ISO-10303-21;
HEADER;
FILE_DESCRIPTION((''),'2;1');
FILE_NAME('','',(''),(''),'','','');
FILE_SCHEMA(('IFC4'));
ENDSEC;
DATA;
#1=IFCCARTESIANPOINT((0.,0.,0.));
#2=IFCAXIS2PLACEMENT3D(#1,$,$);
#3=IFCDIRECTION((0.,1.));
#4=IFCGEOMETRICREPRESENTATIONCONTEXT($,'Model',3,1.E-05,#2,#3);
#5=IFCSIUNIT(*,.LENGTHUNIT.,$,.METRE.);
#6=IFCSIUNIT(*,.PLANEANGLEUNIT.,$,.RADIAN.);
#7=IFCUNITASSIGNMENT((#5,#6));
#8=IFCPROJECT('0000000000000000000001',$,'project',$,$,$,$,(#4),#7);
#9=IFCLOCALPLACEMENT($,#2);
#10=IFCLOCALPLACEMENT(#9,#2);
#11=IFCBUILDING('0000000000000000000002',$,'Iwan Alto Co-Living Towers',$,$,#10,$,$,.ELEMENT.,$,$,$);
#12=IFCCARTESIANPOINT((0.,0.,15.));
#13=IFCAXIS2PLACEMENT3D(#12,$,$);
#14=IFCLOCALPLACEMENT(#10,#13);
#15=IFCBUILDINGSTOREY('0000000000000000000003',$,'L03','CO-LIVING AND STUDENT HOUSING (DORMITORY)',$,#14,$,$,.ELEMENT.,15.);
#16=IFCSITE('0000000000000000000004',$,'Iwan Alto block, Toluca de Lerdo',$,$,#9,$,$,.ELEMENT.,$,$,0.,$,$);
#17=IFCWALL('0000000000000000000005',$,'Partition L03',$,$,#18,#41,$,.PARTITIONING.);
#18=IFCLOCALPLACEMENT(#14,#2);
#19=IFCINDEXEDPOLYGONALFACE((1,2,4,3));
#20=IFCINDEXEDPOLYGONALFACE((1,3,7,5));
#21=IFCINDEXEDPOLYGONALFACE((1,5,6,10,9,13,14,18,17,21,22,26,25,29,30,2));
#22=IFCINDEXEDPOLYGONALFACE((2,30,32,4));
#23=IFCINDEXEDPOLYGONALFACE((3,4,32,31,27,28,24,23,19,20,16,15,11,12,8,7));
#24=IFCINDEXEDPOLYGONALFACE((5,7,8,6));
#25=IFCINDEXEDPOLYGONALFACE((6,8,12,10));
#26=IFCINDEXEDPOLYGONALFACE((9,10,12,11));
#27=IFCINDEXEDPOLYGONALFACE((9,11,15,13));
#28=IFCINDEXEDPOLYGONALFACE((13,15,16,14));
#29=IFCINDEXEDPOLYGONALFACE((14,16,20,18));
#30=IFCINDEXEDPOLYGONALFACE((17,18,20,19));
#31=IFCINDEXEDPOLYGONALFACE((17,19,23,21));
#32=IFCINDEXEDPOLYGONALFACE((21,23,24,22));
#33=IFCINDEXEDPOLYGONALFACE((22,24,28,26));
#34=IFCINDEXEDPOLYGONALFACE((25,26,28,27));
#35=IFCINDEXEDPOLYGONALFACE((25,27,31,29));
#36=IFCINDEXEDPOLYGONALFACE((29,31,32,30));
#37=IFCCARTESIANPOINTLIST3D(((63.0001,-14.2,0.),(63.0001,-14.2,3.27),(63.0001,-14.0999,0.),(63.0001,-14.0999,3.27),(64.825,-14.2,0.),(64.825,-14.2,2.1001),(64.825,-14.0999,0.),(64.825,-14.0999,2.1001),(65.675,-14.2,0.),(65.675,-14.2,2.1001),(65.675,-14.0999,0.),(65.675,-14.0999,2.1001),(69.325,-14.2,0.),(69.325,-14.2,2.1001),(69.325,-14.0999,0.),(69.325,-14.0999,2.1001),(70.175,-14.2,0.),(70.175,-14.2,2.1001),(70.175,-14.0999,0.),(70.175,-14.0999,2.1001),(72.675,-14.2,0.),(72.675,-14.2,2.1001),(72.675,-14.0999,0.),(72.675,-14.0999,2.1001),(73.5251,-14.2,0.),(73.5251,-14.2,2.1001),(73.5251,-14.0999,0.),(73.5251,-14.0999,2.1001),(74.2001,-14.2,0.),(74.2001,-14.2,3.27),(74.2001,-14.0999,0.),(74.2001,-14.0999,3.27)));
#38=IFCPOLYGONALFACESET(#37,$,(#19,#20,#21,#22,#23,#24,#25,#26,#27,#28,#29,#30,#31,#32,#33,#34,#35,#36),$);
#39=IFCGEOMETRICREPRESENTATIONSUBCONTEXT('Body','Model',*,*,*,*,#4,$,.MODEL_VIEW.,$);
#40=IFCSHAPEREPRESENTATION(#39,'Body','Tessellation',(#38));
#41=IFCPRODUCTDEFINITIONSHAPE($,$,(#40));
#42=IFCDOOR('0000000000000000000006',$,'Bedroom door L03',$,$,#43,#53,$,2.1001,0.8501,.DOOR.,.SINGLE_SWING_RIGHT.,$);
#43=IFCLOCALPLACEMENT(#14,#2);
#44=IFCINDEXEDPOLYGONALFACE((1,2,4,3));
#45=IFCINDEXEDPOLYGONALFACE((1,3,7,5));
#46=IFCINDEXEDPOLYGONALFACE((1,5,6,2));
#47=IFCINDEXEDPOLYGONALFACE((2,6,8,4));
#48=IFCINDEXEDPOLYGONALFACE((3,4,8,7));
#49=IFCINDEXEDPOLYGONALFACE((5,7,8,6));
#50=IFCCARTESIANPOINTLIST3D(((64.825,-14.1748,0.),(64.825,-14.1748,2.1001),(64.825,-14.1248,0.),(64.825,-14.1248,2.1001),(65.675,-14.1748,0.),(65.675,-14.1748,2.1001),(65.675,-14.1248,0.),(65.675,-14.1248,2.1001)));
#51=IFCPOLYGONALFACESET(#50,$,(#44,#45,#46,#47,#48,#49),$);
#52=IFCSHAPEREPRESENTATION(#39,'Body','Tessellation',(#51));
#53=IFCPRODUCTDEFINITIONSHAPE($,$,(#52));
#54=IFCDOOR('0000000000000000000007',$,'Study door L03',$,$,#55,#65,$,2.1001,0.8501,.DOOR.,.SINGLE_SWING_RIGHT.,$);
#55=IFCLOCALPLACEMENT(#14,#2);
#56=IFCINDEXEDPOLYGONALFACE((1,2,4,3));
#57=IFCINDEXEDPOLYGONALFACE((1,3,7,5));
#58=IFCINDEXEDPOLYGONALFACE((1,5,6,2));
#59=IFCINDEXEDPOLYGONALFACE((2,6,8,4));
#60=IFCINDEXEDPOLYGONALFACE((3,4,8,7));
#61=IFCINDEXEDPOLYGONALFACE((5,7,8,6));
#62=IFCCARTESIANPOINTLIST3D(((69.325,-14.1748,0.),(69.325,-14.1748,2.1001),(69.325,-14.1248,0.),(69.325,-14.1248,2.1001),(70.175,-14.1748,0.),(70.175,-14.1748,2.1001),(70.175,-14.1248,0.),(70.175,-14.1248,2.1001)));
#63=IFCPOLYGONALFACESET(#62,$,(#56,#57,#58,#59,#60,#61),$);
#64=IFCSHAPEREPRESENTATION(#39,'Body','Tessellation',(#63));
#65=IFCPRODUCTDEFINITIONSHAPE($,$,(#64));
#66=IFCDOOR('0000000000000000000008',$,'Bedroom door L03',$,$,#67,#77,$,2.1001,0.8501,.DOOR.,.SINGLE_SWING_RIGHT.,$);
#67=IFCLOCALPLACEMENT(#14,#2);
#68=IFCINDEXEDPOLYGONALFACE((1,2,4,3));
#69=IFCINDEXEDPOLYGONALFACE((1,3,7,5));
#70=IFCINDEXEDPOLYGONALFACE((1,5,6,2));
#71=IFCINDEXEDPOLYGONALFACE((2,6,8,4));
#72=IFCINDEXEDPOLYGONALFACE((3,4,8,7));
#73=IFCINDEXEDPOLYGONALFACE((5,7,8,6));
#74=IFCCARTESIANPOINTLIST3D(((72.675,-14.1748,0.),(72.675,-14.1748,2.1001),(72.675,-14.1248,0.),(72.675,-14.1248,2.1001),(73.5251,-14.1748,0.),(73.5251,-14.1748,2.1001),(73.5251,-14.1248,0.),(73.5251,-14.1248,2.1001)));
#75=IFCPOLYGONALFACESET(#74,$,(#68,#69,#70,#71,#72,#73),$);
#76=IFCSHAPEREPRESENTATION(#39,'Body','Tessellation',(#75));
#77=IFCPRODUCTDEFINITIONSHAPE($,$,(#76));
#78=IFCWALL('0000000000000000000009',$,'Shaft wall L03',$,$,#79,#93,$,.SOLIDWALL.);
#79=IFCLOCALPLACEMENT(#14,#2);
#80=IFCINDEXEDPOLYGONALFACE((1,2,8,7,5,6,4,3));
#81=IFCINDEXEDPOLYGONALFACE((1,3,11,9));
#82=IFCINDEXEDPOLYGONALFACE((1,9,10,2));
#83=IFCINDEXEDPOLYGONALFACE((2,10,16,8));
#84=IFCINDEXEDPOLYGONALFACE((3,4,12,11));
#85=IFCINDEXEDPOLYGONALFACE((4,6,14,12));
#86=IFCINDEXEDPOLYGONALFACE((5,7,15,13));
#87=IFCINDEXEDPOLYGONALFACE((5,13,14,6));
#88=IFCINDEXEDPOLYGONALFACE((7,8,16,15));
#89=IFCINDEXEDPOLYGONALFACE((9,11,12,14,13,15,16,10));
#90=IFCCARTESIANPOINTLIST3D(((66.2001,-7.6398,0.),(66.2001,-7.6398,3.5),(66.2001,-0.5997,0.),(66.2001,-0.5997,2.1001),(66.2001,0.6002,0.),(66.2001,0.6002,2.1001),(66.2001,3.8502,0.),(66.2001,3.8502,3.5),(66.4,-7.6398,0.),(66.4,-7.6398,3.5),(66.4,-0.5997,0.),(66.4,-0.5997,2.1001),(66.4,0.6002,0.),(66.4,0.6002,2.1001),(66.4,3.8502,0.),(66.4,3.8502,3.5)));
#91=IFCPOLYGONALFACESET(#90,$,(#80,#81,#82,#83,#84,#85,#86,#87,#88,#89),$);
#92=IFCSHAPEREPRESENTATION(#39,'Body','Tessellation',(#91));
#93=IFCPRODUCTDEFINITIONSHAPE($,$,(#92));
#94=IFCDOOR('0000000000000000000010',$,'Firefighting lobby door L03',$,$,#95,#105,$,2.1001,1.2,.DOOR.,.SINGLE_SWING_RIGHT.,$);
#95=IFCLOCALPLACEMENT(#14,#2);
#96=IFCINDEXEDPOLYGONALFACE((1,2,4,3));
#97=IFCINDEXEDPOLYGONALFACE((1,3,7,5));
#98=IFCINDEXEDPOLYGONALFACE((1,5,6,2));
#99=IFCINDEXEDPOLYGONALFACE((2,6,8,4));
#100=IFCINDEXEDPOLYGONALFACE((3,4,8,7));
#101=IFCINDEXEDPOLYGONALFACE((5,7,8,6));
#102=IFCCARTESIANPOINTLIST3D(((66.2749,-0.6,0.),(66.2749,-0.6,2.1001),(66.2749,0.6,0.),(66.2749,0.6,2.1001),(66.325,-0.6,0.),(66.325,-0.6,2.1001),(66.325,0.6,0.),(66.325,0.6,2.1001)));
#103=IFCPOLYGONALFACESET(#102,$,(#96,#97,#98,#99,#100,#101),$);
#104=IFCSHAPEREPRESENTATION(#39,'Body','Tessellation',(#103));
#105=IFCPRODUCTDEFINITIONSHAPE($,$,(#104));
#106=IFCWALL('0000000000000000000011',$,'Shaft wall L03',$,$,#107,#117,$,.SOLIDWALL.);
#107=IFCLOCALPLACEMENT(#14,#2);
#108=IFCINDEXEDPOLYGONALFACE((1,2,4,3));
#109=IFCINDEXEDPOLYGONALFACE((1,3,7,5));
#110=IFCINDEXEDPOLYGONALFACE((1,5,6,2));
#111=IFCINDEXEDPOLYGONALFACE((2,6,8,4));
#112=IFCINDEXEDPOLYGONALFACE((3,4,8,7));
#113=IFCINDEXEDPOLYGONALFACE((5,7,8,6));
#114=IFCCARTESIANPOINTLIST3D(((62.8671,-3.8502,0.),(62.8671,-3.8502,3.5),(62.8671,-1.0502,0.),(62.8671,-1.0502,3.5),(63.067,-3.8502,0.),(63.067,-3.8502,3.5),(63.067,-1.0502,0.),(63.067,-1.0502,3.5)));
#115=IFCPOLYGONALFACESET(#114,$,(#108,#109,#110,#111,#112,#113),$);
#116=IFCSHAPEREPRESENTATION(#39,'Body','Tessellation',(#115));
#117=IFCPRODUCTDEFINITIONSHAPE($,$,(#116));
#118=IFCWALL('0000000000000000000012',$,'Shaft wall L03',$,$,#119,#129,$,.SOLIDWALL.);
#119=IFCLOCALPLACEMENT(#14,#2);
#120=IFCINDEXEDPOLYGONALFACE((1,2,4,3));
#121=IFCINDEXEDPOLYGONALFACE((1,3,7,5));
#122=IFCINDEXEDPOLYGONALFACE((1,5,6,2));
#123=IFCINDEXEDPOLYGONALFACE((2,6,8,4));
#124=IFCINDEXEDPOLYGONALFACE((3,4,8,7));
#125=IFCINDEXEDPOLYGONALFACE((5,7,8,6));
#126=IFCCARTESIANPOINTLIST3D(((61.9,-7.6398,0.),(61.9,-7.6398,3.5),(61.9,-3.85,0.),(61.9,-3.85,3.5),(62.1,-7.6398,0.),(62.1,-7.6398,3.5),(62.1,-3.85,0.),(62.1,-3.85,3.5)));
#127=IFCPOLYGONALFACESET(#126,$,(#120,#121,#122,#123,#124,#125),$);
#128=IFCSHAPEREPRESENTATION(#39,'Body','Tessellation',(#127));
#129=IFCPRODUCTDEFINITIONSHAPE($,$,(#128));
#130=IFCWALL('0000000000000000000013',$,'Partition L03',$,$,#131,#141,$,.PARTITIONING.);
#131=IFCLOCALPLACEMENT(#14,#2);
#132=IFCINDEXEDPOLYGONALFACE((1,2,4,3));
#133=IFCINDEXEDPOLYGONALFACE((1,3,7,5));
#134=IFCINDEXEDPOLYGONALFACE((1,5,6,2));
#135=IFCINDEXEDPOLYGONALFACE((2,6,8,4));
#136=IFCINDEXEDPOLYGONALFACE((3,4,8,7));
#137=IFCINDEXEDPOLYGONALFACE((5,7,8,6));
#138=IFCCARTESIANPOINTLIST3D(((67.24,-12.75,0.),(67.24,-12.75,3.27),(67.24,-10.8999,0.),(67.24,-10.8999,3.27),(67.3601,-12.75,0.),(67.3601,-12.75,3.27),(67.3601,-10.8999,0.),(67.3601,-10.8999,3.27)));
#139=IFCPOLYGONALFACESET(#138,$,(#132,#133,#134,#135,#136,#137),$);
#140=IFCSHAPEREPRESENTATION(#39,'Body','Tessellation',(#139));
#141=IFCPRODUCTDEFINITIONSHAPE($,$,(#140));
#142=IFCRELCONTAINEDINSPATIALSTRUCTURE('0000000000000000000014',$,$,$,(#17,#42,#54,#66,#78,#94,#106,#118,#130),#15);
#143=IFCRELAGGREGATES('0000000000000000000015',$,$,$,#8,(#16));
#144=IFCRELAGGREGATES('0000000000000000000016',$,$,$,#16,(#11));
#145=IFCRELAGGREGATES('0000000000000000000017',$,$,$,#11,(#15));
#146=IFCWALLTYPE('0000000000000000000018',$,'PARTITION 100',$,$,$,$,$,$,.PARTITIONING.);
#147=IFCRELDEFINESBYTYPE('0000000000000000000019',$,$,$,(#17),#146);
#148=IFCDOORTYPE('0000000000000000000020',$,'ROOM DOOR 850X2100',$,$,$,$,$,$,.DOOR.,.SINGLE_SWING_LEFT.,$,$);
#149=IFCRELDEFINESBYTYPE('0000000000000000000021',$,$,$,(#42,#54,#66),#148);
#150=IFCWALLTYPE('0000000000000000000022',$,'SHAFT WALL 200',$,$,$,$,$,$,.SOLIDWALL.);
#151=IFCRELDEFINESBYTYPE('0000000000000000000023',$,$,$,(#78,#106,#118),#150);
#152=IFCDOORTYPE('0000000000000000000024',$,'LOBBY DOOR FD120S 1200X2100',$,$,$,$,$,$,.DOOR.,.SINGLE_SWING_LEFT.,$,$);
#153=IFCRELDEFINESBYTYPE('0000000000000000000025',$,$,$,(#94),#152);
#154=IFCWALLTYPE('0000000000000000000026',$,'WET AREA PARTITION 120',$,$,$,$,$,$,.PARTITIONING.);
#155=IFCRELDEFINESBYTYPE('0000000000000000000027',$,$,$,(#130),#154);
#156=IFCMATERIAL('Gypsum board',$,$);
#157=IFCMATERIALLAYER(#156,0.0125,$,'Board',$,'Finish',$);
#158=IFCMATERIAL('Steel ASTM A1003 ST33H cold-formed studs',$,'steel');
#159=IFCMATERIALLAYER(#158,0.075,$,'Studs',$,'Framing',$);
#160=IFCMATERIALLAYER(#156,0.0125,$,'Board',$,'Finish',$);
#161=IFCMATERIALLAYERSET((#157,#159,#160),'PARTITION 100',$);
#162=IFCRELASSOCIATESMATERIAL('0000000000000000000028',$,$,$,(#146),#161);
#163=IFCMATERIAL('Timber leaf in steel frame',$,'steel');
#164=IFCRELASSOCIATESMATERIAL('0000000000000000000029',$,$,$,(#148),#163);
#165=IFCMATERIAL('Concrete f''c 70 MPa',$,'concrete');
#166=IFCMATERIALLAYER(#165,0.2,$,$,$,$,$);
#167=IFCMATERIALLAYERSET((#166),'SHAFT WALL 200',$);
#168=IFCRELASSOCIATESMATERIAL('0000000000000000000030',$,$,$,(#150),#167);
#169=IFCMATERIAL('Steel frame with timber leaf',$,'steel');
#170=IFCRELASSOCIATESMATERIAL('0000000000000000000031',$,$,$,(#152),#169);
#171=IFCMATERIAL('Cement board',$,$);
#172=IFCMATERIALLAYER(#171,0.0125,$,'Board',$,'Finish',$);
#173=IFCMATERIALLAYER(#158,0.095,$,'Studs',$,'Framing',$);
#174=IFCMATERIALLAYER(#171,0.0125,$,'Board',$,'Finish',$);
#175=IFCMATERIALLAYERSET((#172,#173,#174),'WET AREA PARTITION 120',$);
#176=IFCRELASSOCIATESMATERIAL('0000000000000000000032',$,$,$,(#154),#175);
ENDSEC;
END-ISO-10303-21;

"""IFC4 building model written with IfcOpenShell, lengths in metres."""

from ifc_helpers import new_model, si_unit, direction, frame, frame_2d, origin, place, context, subcontext, project, spatial, rectangle, extrude, material, layer, layer_set, type_object, element, fill, save


model = new_model("IFC4")

# Units and contexts
model_context = context("Model", 3, precision=1e-05, world=origin(), true_north=direction((0.0, 1.0)))
body_context = subcontext(model_context, "Body", "Model", "MODEL_VIEW")
ifc_project = project(units=[si_unit("LENGTHUNIT", "METRE"), si_unit("PLANEANGLEUNIT", "RADIAN")], contexts=[model_context])

# Site, building, storey
site_placement = place(None, origin())
site = spatial("IfcSite", under=ifc_project, at=site_placement, Name="Iwan Alto block, Toluca de Lerdo", CompositionType="ELEMENT", RefElevation=0.0)
building_placement = place(site_placement, origin())
building = spatial("IfcBuilding", under=site, at=building_placement, Name="Iwan Alto Co-Living Towers", CompositionType="ELEMENT")
storey_placement = place(building_placement, frame((0.0, 0.0, 15.0)))
storey = spatial("IfcBuildingStorey", under=building, at=storey_placement, Name="L03", Description="CO-LIVING AND STUDENT HOUSING (DORMITORY)", CompositionType="ELEMENT", Elevation=15.0)

# Wall, openings, doors
ifc_material_1 = material(Name="Gypsum board")
ifc_layer_1 = layer(ifc_material_1, 0.0125, Name="Board", Category="Finish")
ifc_material_2 = material(Name="Steel ASTM A1003 ST33H cold-formed studs", Category="steel")
ifc_layer_2 = layer(ifc_material_2, 0.075, Name="Studs", Category="Framing")
ifc_layer_3 = layer(ifc_material_1, 0.0125, Name="Board", Category="Finish")
ifc_layer_set_1 = layer_set([ifc_layer_1, ifc_layer_2, ifc_layer_3], Name="PARTITION 100")
wall_type_1 = type_object("IfcWallType", Name="PARTITION 100", PredefinedType="PARTITIONING", material=ifc_layer_set_1)
wall_1_placement = place(storey_placement, frame((63.0, -14.1499, 0.0), z_axis=(0.0, 0.0, 1.0), x_axis=(1.0, 0.0, 0.0)))
wall_1 = element("IfcWall", 1, at=wall_1_placement, inside=storey, type_object=wall_type_1, Name="Partition L03", PredefinedType="PARTITIONING", context=body_context, shape_type="SweptSolid", body=[
    extrude(rectangle(XDim=11.2, YDim=0.1001, at=frame_2d((5.6001, 0.0))), origin(), (0.0, 0.0, 1.0), 3.27),
])
opening_1_placement = place(wall_1_placement, frame((1.825, 0.0, 0.0)))
opening_1 = element("IfcOpeningElement", 2, at=opening_1_placement, cuts=wall_1, PredefinedType="OPENING", context=body_context, shape_type="SweptSolid", body=[
    extrude(rectangle(XDim=0.8501, YDim=2.1001, at=frame_2d((0.425, 1.05))), frame((0.0, 0.0601, 0.0), z_axis=(0.0, -1.0, 0.0), x_axis=(1.0, 0.0, 0.0)), (0.0, 0.0, 1.0), 0.1201),
])
opening_2_placement = place(wall_1_placement, frame((6.325, 0.0, 0.0)))
opening_2 = element("IfcOpeningElement", 3, at=opening_2_placement, cuts=wall_1, PredefinedType="OPENING", context=body_context, shape_type="SweptSolid", body=[
    extrude(rectangle(XDim=0.8501, YDim=2.1001, at=frame_2d((0.425, 1.05))), frame((0.0, 0.0601, 0.0), z_axis=(0.0, -1.0, 0.0), x_axis=(1.0, 0.0, 0.0)), (0.0, 0.0, 1.0), 0.1201),
])
opening_3_placement = place(wall_1_placement, frame((9.675, 0.0, 0.0)))
opening_3 = element("IfcOpeningElement", 4, at=opening_3_placement, cuts=wall_1, PredefinedType="OPENING", context=body_context, shape_type="SweptSolid", body=[
    extrude(rectangle(XDim=0.8501, YDim=2.1001, at=frame_2d((0.425, 1.05))), frame((0.0, 0.0601, 0.0), z_axis=(0.0, -1.0, 0.0), x_axis=(1.0, 0.0, 0.0)), (0.0, 0.0, 1.0), 0.1201),
])
ifc_material_3 = material(Name="Timber leaf in steel frame", Category="steel")
door_type_1 = type_object("IfcDoorType", Name="ROOM DOOR 850X2100", OperationType="SINGLE_SWING_LEFT", PredefinedType="DOOR", material=ifc_material_3)
door_1_placement = place(opening_1_placement, frame((0.8501, 0.0, 0.0), z_axis=(0.0, 0.0, 1.0), x_axis=(-1.0, 0.0, 0.0)))
door_1 = element("IfcDoor", 5, at=door_1_placement, inside=storey, type_object=door_type_1, Name="Bedroom door L03", OperationType="SINGLE_SWING_RIGHT", OverallHeight=2.1001, OverallWidth=0.8501, PredefinedType="DOOR", context=body_context, shape_type="SweptSolid", body=[
    extrude(rectangle(XDim=0.8501, YDim=2.1001, at=frame_2d((0.425, 1.05))), frame((0.0, 0.0249, 0.0), z_axis=(0.0, -1.0, 0.0), x_axis=(1.0, 0.0, 0.0)), (0.0, 0.0, 1.0), 0.05),
])
fill(opening_1, door_1)
door_2_placement = place(opening_2_placement, frame((0.8501, 0.0, 0.0), z_axis=(0.0, 0.0, 1.0), x_axis=(-1.0, 0.0, 0.0)))
door_2 = element("IfcDoor", 6, at=door_2_placement, inside=storey, type_object=door_type_1, Name="Study door L03", OperationType="SINGLE_SWING_RIGHT", OverallHeight=2.1001, OverallWidth=0.8501, PredefinedType="DOOR", context=body_context, shape_type="SweptSolid", body=[
    extrude(rectangle(XDim=0.8501, YDim=2.1001, at=frame_2d((0.425, 1.05))), frame((0.0, 0.0249, 0.0), z_axis=(0.0, -1.0, 0.0), x_axis=(1.0, 0.0, 0.0)), (0.0, 0.0, 1.0), 0.05),
])
fill(opening_2, door_2)
door_3_placement = place(opening_3_placement, frame((0.8501, 0.0, 0.0), z_axis=(0.0, 0.0, 1.0), x_axis=(-1.0, 0.0, 0.0)))
door_3 = element("IfcDoor", 7, at=door_3_placement, inside=storey, type_object=door_type_1, Name="Bedroom door L03", OperationType="SINGLE_SWING_RIGHT", OverallHeight=2.1001, OverallWidth=0.8501, PredefinedType="DOOR", context=body_context, shape_type="SweptSolid", body=[
    extrude(rectangle(XDim=0.8501, YDim=2.1001, at=frame_2d((0.425, 1.05))), frame((0.0, 0.0249, 0.0), z_axis=(0.0, -1.0, 0.0), x_axis=(1.0, 0.0, 0.0)), (0.0, 0.0, 1.0), 0.05),
])
fill(opening_3, door_3)

# Wall, opening, door
ifc_material_4 = material(Name="Concrete f'c 70 MPa", Category="concrete")
ifc_layer_4 = layer(ifc_material_4, 0.2)
ifc_layer_set_2 = layer_set([ifc_layer_4], Name="SHAFT WALL 200")
wall_type_2 = type_object("IfcWallType", Name="SHAFT WALL 200", PredefinedType="SOLIDWALL", material=ifc_layer_set_2)
wall_2_placement = place(storey_placement, frame((66.3, -7.6399, 0.0), z_axis=(0.0, 0.0, 1.0), x_axis=(0.0, 1.0, 0.0)))
wall_2 = element("IfcWall", 8, at=wall_2_placement, inside=storey, type_object=wall_type_2, Name="Shaft wall L03", PredefinedType="SOLIDWALL", context=body_context, shape_type="SweptSolid", body=[
    extrude(rectangle(XDim=11.49, YDim=0.2, at=frame_2d((5.7451, 0.0))), origin(), (0.0, 0.0, 1.0), 3.5),
])
opening_4_placement = place(wall_2_placement, frame((7.04, 0.0, 0.0)))
opening_4 = element("IfcOpeningElement", 9, at=opening_4_placement, cuts=wall_2, PredefinedType="OPENING", context=body_context, shape_type="SweptSolid", body=[
    extrude(rectangle(XDim=1.2, YDim=2.1001, at=frame_2d((0.6001, 1.05))), frame((0.0, 0.1099, 0.0), z_axis=(0.0, -1.0, 0.0), x_axis=(1.0, 0.0, 0.0)), (0.0, 0.0, 1.0), 0.22),
])
ifc_material_5 = material(Name="Steel frame with timber leaf", Category="steel")
door_type_2 = type_object("IfcDoorType", Name="LOBBY DOOR FD120S 1200X2100", OperationType="SINGLE_SWING_LEFT", PredefinedType="DOOR", material=ifc_material_5)
door_4_placement = place(opening_4_placement, frame((1.2, 0.0, 0.0), z_axis=(0.0, 0.0, 1.0), x_axis=(-1.0, 0.0, 0.0)))
door_4 = element("IfcDoor", 10, at=door_4_placement, inside=storey, type_object=door_type_2, Name="Firefighting lobby door L03", OperationType="SINGLE_SWING_RIGHT", OverallHeight=2.1001, OverallWidth=1.2, PredefinedType="DOOR", context=body_context, shape_type="SweptSolid", body=[
    extrude(rectangle(XDim=1.2, YDim=2.1001, at=frame_2d((0.6001, 1.05))), frame((0.0, 0.0249, 0.0), z_axis=(0.0, -1.0, 0.0), x_axis=(1.0, 0.0, 0.0)), (0.0, 0.0, 1.0), 0.05),
])
fill(opening_4, door_4)

# Walls
wall_3_placement = place(storey_placement, frame((62.967, -3.8501, 0.0), z_axis=(0.0, 0.0, 1.0), x_axis=(0.0, 1.0, 0.0)))
element("IfcWall", 11, at=wall_3_placement, inside=storey, type_object=wall_type_2, Name="Shaft wall L03", PredefinedType="SOLIDWALL", context=body_context, shape_type="SweptSolid", body=[
    extrude(rectangle(XDim=2.8, YDim=0.2, at=frame_2d((1.3999, 0.0))), origin(), (0.0, 0.0, 1.0), 3.5),
])
wall_4_placement = place(storey_placement, frame((62.0, -7.6399, 0.0), z_axis=(0.0, 0.0, 1.0), x_axis=(0.0, 1.0, 0.0)))
element("IfcWall", 12, at=wall_4_placement, inside=storey, type_object=wall_type_2, Name="Shaft wall L03", PredefinedType="SOLIDWALL", context=body_context, shape_type="SweptSolid", body=[
    extrude(rectangle(XDim=3.7898, YDim=0.2, at=frame_2d((1.895, 0.0))), origin(), (0.0, 0.0, 1.0), 3.5),
])
ifc_material_6 = material(Name="Cement board")
ifc_layer_5 = layer(ifc_material_6, 0.0125, Name="Board", Category="Finish")
ifc_layer_6 = layer(ifc_material_2, 0.095, Name="Studs", Category="Framing")
ifc_layer_7 = layer(ifc_material_6, 0.0125, Name="Board", Category="Finish")
ifc_layer_set_3 = layer_set([ifc_layer_5, ifc_layer_6, ifc_layer_7], Name="WET AREA PARTITION 120")
wall_type_3 = type_object("IfcWallType", Name="WET AREA PARTITION 120", PredefinedType="PARTITIONING", material=ifc_layer_set_3)
wall_5_placement = place(storey_placement, frame((67.3, -12.75, 0.0), z_axis=(0.0, 0.0, 1.0), x_axis=(0.0, 1.0, 0.0)))
element("IfcWall", 13, at=wall_5_placement, inside=storey, type_object=wall_type_3, Name="Partition L03", PredefinedType="PARTITIONING", context=body_context, shape_type="SweptSolid", body=[
    extrude(rectangle(XDim=1.8501, YDim=0.1201, at=frame_2d((0.925, 0.0))), origin(), (0.0, 0.0, 1.0), 3.27),
])

save(model, "model.ifc")
